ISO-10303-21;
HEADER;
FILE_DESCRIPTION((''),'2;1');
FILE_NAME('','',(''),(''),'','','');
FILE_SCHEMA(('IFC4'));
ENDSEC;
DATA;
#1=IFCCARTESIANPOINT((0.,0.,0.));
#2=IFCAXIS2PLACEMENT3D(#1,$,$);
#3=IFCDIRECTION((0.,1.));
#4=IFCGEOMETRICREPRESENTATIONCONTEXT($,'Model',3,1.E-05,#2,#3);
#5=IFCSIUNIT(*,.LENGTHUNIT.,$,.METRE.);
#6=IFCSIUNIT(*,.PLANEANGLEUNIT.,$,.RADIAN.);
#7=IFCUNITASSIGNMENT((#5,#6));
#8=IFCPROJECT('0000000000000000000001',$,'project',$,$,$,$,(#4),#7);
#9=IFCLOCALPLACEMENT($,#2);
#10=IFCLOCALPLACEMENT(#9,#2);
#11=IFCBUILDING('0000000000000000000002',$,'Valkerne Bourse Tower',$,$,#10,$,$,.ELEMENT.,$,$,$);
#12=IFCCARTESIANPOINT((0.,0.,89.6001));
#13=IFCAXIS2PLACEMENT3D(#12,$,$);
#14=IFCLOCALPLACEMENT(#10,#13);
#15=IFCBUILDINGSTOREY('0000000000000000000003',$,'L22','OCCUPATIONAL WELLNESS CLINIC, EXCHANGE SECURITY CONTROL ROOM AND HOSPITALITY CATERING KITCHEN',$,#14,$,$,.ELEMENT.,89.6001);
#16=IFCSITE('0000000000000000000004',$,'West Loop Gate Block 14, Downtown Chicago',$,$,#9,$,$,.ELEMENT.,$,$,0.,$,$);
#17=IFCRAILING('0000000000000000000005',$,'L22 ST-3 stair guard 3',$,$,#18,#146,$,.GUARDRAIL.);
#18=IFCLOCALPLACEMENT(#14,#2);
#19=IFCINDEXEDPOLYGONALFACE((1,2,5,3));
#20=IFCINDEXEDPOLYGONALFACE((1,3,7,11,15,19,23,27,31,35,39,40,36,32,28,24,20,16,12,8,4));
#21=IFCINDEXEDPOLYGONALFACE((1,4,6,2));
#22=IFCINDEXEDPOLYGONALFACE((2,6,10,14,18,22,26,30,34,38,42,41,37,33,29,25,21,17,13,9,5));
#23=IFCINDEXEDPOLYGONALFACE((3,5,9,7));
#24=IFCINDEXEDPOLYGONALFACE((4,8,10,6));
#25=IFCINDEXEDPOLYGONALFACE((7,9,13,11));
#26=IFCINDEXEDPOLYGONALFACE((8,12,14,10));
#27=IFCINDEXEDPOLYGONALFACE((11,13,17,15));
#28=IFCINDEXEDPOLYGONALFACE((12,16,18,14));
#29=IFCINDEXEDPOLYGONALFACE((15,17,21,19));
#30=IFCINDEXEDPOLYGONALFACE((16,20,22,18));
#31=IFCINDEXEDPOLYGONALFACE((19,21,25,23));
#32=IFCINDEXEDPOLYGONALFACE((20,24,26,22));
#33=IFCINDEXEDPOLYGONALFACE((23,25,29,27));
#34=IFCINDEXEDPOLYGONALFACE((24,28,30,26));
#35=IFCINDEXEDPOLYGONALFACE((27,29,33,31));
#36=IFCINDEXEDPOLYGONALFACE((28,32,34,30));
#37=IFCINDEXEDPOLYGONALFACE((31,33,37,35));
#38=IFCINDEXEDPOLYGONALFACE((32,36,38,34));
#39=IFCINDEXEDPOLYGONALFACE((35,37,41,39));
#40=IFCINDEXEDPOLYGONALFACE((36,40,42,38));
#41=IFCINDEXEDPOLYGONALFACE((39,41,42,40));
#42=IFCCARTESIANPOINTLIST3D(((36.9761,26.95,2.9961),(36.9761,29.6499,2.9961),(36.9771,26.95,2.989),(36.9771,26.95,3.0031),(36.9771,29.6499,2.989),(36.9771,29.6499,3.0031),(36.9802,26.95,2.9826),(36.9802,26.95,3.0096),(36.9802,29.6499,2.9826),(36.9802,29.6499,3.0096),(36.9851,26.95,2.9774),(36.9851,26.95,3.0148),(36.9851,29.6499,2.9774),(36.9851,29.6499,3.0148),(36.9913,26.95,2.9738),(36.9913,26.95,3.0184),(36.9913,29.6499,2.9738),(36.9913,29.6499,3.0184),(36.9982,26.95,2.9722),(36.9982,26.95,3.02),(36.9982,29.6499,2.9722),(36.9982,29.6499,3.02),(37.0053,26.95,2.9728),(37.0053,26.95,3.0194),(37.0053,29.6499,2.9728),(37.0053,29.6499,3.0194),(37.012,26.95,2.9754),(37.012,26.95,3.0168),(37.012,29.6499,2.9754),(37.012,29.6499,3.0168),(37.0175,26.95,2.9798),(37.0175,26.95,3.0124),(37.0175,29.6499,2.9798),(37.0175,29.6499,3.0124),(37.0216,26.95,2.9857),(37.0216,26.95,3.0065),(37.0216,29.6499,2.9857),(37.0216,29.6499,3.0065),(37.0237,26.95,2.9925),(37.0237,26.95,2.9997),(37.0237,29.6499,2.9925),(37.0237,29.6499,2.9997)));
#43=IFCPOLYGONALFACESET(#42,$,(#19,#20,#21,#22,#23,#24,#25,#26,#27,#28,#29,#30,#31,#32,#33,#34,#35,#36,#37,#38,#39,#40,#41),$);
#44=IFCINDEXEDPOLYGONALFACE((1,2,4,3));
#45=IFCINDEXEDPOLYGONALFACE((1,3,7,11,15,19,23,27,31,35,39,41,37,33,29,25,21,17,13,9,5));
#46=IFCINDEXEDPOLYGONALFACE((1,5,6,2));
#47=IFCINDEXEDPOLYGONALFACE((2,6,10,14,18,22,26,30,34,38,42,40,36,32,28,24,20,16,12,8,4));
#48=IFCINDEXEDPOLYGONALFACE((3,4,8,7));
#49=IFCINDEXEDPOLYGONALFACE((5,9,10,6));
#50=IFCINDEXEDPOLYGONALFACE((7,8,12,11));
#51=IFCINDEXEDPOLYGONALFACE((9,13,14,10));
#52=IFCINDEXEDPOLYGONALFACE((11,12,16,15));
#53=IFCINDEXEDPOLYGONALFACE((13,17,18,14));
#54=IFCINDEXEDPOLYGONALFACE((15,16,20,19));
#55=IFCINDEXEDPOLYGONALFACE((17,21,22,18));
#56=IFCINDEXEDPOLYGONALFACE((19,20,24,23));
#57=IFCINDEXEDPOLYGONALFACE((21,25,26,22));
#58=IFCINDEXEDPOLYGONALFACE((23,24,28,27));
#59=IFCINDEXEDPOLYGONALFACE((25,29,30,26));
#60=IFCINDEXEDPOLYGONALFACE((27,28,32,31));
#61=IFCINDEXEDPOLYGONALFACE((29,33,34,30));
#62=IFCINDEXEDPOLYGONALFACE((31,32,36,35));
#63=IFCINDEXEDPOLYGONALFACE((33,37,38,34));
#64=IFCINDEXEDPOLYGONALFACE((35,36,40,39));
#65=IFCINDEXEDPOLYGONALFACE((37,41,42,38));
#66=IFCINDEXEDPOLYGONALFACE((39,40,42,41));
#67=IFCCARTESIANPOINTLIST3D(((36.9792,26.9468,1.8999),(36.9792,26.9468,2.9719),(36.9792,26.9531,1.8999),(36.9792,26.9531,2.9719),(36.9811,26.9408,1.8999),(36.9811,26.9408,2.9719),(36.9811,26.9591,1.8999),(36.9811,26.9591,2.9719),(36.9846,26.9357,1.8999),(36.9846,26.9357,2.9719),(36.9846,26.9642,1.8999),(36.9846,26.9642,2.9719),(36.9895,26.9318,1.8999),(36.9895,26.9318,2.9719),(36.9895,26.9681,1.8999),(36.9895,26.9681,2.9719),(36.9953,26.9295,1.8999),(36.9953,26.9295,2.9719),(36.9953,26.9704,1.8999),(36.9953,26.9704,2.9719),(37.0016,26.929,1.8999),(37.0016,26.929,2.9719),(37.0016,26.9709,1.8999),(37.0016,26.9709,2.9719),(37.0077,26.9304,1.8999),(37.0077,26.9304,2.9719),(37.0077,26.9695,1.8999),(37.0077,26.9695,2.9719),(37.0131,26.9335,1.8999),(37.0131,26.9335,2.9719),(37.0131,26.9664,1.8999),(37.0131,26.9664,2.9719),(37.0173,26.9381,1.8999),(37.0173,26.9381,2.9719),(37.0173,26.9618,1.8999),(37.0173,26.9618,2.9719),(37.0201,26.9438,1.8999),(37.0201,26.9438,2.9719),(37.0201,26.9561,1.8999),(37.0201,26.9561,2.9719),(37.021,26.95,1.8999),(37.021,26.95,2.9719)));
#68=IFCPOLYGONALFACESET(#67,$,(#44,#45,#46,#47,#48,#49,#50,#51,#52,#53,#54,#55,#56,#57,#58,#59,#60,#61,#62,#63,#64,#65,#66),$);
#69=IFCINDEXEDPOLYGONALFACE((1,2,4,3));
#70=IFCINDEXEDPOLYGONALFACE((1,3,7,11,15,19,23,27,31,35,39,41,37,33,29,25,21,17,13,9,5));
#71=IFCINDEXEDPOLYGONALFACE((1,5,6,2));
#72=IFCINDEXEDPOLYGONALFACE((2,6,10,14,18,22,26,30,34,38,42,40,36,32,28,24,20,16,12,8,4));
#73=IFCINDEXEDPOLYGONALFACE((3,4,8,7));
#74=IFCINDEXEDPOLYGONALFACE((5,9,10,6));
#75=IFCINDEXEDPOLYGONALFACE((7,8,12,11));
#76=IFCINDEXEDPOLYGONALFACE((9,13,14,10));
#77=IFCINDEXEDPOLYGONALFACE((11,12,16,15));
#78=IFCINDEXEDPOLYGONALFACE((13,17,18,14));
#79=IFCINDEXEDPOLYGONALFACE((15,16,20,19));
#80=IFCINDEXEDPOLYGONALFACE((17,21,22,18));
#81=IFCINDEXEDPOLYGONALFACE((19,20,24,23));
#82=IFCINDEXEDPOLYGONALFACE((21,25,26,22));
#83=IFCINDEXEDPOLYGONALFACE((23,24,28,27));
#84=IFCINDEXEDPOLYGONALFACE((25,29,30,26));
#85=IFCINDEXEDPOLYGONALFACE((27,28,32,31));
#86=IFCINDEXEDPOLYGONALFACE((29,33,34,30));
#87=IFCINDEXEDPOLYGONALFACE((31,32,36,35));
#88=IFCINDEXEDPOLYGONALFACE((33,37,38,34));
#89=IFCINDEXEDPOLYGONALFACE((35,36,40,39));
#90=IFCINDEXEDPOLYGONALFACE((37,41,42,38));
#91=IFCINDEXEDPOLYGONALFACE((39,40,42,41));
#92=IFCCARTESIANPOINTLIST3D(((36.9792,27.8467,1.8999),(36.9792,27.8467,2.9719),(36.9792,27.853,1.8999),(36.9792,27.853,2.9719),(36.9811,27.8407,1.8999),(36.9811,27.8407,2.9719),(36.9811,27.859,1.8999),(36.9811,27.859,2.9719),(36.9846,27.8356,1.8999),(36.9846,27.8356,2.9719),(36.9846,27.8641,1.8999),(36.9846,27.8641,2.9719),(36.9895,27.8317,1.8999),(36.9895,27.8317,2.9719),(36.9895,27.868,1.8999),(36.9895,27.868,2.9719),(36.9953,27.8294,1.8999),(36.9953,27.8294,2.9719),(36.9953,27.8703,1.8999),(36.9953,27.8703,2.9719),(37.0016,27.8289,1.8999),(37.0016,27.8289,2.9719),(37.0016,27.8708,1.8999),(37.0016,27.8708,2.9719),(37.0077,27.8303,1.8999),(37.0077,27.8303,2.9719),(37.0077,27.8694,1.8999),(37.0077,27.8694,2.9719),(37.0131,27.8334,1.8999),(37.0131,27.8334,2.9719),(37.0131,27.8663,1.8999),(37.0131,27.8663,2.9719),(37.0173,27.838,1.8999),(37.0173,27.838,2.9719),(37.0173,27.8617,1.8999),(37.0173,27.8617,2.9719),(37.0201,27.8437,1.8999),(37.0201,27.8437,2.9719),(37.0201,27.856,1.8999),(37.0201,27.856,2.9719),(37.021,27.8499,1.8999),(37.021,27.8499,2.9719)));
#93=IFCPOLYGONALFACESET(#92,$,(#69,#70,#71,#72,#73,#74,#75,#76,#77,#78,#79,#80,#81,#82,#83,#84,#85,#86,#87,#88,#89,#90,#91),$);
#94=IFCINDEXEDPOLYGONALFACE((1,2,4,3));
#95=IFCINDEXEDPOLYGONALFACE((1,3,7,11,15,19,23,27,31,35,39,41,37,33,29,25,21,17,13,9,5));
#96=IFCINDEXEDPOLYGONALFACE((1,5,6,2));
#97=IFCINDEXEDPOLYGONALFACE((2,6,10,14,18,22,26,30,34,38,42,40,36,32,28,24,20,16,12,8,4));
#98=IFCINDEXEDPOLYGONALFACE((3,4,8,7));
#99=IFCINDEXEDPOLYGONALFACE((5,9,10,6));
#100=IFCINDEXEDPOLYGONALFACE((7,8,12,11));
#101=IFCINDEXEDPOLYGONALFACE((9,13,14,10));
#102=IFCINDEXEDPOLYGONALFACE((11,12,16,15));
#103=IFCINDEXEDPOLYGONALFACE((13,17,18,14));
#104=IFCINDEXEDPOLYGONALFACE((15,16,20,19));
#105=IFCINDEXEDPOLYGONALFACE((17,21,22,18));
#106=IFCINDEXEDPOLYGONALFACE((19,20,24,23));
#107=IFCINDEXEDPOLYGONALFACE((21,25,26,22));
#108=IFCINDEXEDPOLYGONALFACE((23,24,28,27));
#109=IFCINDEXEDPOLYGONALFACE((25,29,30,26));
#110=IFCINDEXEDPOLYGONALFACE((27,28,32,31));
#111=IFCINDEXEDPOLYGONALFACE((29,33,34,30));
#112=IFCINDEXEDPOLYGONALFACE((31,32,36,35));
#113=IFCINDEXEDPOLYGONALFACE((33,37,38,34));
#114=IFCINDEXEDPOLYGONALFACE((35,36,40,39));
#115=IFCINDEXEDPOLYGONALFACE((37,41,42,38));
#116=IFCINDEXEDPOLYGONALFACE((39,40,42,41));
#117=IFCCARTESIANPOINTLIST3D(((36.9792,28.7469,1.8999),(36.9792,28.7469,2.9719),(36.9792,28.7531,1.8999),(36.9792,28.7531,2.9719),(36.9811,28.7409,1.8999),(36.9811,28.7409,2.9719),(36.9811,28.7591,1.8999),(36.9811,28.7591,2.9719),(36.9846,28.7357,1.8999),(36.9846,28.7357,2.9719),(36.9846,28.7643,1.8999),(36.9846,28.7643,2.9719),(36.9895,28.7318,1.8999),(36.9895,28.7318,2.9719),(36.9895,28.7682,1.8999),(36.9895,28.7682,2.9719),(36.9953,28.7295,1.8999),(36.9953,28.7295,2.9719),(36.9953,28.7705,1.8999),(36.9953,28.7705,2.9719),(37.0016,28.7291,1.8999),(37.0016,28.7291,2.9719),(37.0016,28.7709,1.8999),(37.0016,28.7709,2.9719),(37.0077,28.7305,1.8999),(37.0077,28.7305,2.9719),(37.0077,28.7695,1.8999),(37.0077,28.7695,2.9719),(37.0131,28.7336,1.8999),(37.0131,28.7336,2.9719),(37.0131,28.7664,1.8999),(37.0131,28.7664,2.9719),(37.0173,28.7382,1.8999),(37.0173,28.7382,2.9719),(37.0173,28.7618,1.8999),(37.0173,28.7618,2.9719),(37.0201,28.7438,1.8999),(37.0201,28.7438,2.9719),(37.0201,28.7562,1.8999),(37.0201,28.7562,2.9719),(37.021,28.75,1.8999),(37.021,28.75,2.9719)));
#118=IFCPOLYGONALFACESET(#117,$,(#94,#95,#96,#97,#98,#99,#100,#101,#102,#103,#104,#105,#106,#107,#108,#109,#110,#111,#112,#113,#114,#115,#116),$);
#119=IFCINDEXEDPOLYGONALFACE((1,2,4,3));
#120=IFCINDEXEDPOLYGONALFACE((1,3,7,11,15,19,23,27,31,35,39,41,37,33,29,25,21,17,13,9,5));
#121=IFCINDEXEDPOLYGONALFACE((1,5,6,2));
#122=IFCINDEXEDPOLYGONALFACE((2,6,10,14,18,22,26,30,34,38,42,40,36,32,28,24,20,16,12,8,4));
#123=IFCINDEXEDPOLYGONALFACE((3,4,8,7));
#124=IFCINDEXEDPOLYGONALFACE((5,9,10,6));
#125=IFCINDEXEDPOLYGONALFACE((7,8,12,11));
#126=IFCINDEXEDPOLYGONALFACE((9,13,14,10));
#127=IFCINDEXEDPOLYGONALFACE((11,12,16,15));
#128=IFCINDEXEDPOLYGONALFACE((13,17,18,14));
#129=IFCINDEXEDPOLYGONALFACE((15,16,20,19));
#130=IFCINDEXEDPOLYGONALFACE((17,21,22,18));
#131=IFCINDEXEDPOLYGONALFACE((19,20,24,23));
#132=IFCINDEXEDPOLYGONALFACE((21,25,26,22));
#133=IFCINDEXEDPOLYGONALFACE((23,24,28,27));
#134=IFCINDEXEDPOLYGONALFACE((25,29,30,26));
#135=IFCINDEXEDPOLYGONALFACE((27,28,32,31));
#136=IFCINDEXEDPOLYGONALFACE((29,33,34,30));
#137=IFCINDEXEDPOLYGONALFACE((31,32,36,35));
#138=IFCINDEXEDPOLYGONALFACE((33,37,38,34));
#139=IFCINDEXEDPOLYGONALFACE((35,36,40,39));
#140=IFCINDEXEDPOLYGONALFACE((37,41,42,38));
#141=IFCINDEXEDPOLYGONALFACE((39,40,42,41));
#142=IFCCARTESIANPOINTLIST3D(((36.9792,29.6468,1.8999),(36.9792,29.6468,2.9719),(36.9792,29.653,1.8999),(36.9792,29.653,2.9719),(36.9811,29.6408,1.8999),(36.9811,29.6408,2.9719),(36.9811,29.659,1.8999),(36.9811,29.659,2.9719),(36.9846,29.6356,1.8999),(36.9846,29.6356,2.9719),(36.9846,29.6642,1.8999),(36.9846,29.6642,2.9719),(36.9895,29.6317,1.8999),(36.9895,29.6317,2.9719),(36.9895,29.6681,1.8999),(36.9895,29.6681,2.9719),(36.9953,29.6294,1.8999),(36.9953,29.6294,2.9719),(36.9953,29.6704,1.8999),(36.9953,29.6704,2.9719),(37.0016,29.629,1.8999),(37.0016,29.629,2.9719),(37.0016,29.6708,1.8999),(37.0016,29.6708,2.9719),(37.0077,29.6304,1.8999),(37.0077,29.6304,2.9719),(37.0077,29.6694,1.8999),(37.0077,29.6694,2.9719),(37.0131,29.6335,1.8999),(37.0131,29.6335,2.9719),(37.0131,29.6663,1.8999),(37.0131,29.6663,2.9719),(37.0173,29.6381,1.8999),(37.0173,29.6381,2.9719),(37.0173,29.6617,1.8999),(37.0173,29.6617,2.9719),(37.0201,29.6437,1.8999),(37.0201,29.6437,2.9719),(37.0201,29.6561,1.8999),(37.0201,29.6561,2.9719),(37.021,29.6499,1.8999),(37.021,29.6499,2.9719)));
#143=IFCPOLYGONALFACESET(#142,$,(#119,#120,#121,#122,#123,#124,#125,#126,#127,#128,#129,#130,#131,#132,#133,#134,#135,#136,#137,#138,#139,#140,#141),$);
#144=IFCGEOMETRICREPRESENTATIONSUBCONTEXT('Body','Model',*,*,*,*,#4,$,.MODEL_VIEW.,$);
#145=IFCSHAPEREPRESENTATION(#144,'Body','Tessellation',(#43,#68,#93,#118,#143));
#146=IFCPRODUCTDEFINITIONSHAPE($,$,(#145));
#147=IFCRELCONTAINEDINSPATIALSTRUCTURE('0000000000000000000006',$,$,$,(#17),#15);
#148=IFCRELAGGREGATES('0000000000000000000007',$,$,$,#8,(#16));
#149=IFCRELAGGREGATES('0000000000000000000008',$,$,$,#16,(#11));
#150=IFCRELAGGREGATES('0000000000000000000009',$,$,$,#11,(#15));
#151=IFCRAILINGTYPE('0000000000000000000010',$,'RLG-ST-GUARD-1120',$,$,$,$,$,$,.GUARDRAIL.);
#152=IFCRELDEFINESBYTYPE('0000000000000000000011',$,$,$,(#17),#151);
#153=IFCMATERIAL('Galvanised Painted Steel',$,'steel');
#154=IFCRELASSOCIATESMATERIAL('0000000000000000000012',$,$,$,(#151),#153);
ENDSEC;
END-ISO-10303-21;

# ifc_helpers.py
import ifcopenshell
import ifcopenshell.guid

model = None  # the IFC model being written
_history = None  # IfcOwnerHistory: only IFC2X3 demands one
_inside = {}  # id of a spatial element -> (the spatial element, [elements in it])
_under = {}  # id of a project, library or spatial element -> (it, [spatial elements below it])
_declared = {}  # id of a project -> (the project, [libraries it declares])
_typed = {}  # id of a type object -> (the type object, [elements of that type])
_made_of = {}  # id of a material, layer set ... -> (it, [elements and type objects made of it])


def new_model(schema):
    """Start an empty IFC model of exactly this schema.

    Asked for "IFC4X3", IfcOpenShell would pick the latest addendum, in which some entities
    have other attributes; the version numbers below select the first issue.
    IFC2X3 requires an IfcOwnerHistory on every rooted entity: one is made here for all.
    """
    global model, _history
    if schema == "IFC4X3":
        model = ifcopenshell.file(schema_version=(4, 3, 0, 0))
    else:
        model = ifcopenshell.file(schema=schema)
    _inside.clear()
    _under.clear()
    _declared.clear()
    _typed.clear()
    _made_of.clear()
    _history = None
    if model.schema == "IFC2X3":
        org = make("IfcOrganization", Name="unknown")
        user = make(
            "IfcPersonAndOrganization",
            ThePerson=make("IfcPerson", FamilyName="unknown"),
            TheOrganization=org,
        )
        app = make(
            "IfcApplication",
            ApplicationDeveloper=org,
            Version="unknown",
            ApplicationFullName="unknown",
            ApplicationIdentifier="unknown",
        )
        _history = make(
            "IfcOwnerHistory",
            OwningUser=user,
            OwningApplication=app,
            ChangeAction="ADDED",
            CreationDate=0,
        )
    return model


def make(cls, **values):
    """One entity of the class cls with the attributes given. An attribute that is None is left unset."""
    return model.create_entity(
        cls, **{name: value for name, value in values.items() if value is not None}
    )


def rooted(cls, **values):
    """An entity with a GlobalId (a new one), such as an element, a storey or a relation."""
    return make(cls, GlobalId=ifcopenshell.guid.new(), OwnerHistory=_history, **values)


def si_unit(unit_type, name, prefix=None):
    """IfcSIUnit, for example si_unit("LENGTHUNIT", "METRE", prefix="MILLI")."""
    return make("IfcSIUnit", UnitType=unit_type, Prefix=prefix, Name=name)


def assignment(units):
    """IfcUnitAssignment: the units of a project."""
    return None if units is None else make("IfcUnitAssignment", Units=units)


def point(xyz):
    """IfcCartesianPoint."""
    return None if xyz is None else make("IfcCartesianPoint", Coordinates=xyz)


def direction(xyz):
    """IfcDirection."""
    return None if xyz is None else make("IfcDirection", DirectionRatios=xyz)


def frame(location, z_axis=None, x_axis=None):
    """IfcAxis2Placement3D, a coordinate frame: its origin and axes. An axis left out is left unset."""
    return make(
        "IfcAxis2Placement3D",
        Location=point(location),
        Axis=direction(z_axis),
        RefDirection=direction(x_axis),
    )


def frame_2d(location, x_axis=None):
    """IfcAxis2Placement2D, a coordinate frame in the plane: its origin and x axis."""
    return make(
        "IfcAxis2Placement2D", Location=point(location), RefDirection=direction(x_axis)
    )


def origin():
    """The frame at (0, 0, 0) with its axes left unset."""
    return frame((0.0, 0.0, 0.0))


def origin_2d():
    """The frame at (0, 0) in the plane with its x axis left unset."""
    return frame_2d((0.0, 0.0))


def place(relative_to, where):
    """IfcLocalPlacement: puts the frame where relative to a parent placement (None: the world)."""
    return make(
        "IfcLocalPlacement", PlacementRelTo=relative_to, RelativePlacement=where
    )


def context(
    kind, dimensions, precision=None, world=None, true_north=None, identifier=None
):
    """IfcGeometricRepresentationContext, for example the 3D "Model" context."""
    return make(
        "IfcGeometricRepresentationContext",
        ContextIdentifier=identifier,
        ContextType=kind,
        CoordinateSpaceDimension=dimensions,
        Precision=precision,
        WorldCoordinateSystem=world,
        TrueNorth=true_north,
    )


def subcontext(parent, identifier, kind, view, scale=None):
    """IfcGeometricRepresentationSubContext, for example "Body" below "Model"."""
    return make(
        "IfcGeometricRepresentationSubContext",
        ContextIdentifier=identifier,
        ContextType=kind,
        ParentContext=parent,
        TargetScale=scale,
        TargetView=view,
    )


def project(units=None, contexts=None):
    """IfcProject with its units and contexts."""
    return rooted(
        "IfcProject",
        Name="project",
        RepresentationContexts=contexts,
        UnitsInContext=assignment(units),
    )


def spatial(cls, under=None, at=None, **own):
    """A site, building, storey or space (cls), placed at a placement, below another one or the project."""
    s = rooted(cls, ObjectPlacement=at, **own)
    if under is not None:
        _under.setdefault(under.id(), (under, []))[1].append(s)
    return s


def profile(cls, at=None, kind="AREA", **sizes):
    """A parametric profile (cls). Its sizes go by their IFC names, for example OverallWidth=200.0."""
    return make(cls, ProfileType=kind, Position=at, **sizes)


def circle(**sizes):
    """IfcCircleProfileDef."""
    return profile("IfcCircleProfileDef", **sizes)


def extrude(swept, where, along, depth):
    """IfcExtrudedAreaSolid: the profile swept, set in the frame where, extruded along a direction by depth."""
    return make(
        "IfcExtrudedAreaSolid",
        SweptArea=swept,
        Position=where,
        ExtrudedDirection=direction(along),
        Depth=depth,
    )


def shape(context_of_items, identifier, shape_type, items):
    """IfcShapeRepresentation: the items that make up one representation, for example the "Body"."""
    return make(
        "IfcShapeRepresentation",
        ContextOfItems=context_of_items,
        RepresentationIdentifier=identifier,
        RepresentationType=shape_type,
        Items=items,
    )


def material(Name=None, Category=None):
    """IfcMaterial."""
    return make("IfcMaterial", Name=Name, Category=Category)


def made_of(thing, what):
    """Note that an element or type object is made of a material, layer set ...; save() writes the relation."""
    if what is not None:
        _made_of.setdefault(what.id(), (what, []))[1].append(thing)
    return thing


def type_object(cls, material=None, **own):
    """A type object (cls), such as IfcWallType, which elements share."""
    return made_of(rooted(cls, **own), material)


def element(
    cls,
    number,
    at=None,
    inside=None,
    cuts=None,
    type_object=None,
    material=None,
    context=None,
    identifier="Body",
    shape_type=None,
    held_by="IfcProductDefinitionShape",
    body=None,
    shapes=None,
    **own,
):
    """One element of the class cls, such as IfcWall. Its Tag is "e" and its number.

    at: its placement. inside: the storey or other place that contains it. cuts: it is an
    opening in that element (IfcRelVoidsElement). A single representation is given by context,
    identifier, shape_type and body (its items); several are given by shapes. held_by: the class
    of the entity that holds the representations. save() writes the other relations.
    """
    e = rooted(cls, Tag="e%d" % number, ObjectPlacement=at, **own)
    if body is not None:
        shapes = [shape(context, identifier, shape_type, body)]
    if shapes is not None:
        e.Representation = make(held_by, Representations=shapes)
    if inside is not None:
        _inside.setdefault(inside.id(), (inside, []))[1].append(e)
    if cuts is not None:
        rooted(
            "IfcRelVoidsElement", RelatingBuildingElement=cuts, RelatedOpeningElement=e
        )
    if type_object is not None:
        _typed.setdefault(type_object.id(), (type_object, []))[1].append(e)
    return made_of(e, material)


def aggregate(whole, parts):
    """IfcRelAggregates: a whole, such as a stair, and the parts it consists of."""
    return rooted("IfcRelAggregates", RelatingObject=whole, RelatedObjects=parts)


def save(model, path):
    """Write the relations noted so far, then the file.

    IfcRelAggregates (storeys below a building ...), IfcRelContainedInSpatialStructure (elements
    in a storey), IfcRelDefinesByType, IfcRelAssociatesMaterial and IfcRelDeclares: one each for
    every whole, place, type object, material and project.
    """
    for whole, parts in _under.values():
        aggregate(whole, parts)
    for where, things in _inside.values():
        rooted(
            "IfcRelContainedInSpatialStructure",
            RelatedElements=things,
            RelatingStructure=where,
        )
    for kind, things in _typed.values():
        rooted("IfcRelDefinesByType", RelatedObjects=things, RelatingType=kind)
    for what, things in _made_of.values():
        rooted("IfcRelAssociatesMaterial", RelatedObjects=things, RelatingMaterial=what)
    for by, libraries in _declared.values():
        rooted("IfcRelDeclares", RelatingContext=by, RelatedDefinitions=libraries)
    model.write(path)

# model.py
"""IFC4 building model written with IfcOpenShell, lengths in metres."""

from ifc_helpers import new_model, si_unit, direction, frame, origin, origin_2d, place, context, subcontext, project, spatial, circle, extrude, material, type_object, element, save


model = new_model("IFC4")

# Units and contexts
model_context = context("Model", 3, precision=1e-05, world=origin(), true_north=direction((0.0, 1.0)))
body_context = subcontext(model_context, "Body", "Model", "MODEL_VIEW")
ifc_project = project(units=[si_unit("LENGTHUNIT", "METRE"), si_unit("PLANEANGLEUNIT", "RADIAN")], contexts=[model_context])

# Site, building, storey
site_placement = place(None, origin())
site = spatial("IfcSite", under=ifc_project, at=site_placement, Name="West Loop Gate Block 14, Downtown Chicago", CompositionType="ELEMENT", RefElevation=0.0)
building_placement = place(site_placement, origin())
building = spatial("IfcBuilding", under=site, at=building_placement, Name="Valkerne Bourse Tower", CompositionType="ELEMENT")
storey_placement = place(building_placement, frame((0.0, 0.0, 89.6001)))
storey = spatial("IfcBuildingStorey", under=building, at=storey_placement, Name="L22", Description="OCCUPATIONAL WELLNESS CLINIC, EXCHANGE SECURITY CONTROL ROOM AND HOSPITALITY CATERING KITCHEN", CompositionType="ELEMENT", Elevation=89.6001)

# Shared definitions
ifc_material_1 = material(Name="Galvanised Painted Steel", Category="steel")

# Railing
railing_type_1 = type_object("IfcRailingType", Name="RLG-ST-GUARD-1120", PredefinedType="GUARDRAIL", material=ifc_material_1)
for number, where, name in (
    (1, (37.0, 26.95, 1.8999), "L22 ST-3 stair guard 3"),
):
    element("IfcRailing", number, at=place(storey_placement, frame(where)), inside=storey, type_object=railing_type_1, Name=name, PredefinedType="GUARDRAIL", context=body_context, shape_type="SweptSolid", body=[
        extrude(circle(Radius=0.0239, at=origin_2d()), frame((0.0, 0.0, 1.0962), z_axis=(0.0, 1.0, 0.0), x_axis=(-1.0, 0.0, 0.0)), (0.0, 0.0, 1.0), 2.7),
        extrude(circle(Radius=0.021, at=origin_2d()), origin(), (0.0, 0.0, 1.0), 1.072),
        extrude(circle(Radius=0.021, at=origin_2d()), frame((0.0, 0.8999, 0.0)), (0.0, 0.0, 1.0), 1.072),
        extrude(circle(Radius=0.021, at=origin_2d()), frame((0.0, 1.8, 0.0)), (0.0, 0.0, 1.0), 1.072),
        extrude(circle(Radius=0.021, at=origin_2d()), frame((0.0, 2.7, 0.0)), (0.0, 0.0, 1.0), 1.072),
    ])

save(model, "model.ifc")
